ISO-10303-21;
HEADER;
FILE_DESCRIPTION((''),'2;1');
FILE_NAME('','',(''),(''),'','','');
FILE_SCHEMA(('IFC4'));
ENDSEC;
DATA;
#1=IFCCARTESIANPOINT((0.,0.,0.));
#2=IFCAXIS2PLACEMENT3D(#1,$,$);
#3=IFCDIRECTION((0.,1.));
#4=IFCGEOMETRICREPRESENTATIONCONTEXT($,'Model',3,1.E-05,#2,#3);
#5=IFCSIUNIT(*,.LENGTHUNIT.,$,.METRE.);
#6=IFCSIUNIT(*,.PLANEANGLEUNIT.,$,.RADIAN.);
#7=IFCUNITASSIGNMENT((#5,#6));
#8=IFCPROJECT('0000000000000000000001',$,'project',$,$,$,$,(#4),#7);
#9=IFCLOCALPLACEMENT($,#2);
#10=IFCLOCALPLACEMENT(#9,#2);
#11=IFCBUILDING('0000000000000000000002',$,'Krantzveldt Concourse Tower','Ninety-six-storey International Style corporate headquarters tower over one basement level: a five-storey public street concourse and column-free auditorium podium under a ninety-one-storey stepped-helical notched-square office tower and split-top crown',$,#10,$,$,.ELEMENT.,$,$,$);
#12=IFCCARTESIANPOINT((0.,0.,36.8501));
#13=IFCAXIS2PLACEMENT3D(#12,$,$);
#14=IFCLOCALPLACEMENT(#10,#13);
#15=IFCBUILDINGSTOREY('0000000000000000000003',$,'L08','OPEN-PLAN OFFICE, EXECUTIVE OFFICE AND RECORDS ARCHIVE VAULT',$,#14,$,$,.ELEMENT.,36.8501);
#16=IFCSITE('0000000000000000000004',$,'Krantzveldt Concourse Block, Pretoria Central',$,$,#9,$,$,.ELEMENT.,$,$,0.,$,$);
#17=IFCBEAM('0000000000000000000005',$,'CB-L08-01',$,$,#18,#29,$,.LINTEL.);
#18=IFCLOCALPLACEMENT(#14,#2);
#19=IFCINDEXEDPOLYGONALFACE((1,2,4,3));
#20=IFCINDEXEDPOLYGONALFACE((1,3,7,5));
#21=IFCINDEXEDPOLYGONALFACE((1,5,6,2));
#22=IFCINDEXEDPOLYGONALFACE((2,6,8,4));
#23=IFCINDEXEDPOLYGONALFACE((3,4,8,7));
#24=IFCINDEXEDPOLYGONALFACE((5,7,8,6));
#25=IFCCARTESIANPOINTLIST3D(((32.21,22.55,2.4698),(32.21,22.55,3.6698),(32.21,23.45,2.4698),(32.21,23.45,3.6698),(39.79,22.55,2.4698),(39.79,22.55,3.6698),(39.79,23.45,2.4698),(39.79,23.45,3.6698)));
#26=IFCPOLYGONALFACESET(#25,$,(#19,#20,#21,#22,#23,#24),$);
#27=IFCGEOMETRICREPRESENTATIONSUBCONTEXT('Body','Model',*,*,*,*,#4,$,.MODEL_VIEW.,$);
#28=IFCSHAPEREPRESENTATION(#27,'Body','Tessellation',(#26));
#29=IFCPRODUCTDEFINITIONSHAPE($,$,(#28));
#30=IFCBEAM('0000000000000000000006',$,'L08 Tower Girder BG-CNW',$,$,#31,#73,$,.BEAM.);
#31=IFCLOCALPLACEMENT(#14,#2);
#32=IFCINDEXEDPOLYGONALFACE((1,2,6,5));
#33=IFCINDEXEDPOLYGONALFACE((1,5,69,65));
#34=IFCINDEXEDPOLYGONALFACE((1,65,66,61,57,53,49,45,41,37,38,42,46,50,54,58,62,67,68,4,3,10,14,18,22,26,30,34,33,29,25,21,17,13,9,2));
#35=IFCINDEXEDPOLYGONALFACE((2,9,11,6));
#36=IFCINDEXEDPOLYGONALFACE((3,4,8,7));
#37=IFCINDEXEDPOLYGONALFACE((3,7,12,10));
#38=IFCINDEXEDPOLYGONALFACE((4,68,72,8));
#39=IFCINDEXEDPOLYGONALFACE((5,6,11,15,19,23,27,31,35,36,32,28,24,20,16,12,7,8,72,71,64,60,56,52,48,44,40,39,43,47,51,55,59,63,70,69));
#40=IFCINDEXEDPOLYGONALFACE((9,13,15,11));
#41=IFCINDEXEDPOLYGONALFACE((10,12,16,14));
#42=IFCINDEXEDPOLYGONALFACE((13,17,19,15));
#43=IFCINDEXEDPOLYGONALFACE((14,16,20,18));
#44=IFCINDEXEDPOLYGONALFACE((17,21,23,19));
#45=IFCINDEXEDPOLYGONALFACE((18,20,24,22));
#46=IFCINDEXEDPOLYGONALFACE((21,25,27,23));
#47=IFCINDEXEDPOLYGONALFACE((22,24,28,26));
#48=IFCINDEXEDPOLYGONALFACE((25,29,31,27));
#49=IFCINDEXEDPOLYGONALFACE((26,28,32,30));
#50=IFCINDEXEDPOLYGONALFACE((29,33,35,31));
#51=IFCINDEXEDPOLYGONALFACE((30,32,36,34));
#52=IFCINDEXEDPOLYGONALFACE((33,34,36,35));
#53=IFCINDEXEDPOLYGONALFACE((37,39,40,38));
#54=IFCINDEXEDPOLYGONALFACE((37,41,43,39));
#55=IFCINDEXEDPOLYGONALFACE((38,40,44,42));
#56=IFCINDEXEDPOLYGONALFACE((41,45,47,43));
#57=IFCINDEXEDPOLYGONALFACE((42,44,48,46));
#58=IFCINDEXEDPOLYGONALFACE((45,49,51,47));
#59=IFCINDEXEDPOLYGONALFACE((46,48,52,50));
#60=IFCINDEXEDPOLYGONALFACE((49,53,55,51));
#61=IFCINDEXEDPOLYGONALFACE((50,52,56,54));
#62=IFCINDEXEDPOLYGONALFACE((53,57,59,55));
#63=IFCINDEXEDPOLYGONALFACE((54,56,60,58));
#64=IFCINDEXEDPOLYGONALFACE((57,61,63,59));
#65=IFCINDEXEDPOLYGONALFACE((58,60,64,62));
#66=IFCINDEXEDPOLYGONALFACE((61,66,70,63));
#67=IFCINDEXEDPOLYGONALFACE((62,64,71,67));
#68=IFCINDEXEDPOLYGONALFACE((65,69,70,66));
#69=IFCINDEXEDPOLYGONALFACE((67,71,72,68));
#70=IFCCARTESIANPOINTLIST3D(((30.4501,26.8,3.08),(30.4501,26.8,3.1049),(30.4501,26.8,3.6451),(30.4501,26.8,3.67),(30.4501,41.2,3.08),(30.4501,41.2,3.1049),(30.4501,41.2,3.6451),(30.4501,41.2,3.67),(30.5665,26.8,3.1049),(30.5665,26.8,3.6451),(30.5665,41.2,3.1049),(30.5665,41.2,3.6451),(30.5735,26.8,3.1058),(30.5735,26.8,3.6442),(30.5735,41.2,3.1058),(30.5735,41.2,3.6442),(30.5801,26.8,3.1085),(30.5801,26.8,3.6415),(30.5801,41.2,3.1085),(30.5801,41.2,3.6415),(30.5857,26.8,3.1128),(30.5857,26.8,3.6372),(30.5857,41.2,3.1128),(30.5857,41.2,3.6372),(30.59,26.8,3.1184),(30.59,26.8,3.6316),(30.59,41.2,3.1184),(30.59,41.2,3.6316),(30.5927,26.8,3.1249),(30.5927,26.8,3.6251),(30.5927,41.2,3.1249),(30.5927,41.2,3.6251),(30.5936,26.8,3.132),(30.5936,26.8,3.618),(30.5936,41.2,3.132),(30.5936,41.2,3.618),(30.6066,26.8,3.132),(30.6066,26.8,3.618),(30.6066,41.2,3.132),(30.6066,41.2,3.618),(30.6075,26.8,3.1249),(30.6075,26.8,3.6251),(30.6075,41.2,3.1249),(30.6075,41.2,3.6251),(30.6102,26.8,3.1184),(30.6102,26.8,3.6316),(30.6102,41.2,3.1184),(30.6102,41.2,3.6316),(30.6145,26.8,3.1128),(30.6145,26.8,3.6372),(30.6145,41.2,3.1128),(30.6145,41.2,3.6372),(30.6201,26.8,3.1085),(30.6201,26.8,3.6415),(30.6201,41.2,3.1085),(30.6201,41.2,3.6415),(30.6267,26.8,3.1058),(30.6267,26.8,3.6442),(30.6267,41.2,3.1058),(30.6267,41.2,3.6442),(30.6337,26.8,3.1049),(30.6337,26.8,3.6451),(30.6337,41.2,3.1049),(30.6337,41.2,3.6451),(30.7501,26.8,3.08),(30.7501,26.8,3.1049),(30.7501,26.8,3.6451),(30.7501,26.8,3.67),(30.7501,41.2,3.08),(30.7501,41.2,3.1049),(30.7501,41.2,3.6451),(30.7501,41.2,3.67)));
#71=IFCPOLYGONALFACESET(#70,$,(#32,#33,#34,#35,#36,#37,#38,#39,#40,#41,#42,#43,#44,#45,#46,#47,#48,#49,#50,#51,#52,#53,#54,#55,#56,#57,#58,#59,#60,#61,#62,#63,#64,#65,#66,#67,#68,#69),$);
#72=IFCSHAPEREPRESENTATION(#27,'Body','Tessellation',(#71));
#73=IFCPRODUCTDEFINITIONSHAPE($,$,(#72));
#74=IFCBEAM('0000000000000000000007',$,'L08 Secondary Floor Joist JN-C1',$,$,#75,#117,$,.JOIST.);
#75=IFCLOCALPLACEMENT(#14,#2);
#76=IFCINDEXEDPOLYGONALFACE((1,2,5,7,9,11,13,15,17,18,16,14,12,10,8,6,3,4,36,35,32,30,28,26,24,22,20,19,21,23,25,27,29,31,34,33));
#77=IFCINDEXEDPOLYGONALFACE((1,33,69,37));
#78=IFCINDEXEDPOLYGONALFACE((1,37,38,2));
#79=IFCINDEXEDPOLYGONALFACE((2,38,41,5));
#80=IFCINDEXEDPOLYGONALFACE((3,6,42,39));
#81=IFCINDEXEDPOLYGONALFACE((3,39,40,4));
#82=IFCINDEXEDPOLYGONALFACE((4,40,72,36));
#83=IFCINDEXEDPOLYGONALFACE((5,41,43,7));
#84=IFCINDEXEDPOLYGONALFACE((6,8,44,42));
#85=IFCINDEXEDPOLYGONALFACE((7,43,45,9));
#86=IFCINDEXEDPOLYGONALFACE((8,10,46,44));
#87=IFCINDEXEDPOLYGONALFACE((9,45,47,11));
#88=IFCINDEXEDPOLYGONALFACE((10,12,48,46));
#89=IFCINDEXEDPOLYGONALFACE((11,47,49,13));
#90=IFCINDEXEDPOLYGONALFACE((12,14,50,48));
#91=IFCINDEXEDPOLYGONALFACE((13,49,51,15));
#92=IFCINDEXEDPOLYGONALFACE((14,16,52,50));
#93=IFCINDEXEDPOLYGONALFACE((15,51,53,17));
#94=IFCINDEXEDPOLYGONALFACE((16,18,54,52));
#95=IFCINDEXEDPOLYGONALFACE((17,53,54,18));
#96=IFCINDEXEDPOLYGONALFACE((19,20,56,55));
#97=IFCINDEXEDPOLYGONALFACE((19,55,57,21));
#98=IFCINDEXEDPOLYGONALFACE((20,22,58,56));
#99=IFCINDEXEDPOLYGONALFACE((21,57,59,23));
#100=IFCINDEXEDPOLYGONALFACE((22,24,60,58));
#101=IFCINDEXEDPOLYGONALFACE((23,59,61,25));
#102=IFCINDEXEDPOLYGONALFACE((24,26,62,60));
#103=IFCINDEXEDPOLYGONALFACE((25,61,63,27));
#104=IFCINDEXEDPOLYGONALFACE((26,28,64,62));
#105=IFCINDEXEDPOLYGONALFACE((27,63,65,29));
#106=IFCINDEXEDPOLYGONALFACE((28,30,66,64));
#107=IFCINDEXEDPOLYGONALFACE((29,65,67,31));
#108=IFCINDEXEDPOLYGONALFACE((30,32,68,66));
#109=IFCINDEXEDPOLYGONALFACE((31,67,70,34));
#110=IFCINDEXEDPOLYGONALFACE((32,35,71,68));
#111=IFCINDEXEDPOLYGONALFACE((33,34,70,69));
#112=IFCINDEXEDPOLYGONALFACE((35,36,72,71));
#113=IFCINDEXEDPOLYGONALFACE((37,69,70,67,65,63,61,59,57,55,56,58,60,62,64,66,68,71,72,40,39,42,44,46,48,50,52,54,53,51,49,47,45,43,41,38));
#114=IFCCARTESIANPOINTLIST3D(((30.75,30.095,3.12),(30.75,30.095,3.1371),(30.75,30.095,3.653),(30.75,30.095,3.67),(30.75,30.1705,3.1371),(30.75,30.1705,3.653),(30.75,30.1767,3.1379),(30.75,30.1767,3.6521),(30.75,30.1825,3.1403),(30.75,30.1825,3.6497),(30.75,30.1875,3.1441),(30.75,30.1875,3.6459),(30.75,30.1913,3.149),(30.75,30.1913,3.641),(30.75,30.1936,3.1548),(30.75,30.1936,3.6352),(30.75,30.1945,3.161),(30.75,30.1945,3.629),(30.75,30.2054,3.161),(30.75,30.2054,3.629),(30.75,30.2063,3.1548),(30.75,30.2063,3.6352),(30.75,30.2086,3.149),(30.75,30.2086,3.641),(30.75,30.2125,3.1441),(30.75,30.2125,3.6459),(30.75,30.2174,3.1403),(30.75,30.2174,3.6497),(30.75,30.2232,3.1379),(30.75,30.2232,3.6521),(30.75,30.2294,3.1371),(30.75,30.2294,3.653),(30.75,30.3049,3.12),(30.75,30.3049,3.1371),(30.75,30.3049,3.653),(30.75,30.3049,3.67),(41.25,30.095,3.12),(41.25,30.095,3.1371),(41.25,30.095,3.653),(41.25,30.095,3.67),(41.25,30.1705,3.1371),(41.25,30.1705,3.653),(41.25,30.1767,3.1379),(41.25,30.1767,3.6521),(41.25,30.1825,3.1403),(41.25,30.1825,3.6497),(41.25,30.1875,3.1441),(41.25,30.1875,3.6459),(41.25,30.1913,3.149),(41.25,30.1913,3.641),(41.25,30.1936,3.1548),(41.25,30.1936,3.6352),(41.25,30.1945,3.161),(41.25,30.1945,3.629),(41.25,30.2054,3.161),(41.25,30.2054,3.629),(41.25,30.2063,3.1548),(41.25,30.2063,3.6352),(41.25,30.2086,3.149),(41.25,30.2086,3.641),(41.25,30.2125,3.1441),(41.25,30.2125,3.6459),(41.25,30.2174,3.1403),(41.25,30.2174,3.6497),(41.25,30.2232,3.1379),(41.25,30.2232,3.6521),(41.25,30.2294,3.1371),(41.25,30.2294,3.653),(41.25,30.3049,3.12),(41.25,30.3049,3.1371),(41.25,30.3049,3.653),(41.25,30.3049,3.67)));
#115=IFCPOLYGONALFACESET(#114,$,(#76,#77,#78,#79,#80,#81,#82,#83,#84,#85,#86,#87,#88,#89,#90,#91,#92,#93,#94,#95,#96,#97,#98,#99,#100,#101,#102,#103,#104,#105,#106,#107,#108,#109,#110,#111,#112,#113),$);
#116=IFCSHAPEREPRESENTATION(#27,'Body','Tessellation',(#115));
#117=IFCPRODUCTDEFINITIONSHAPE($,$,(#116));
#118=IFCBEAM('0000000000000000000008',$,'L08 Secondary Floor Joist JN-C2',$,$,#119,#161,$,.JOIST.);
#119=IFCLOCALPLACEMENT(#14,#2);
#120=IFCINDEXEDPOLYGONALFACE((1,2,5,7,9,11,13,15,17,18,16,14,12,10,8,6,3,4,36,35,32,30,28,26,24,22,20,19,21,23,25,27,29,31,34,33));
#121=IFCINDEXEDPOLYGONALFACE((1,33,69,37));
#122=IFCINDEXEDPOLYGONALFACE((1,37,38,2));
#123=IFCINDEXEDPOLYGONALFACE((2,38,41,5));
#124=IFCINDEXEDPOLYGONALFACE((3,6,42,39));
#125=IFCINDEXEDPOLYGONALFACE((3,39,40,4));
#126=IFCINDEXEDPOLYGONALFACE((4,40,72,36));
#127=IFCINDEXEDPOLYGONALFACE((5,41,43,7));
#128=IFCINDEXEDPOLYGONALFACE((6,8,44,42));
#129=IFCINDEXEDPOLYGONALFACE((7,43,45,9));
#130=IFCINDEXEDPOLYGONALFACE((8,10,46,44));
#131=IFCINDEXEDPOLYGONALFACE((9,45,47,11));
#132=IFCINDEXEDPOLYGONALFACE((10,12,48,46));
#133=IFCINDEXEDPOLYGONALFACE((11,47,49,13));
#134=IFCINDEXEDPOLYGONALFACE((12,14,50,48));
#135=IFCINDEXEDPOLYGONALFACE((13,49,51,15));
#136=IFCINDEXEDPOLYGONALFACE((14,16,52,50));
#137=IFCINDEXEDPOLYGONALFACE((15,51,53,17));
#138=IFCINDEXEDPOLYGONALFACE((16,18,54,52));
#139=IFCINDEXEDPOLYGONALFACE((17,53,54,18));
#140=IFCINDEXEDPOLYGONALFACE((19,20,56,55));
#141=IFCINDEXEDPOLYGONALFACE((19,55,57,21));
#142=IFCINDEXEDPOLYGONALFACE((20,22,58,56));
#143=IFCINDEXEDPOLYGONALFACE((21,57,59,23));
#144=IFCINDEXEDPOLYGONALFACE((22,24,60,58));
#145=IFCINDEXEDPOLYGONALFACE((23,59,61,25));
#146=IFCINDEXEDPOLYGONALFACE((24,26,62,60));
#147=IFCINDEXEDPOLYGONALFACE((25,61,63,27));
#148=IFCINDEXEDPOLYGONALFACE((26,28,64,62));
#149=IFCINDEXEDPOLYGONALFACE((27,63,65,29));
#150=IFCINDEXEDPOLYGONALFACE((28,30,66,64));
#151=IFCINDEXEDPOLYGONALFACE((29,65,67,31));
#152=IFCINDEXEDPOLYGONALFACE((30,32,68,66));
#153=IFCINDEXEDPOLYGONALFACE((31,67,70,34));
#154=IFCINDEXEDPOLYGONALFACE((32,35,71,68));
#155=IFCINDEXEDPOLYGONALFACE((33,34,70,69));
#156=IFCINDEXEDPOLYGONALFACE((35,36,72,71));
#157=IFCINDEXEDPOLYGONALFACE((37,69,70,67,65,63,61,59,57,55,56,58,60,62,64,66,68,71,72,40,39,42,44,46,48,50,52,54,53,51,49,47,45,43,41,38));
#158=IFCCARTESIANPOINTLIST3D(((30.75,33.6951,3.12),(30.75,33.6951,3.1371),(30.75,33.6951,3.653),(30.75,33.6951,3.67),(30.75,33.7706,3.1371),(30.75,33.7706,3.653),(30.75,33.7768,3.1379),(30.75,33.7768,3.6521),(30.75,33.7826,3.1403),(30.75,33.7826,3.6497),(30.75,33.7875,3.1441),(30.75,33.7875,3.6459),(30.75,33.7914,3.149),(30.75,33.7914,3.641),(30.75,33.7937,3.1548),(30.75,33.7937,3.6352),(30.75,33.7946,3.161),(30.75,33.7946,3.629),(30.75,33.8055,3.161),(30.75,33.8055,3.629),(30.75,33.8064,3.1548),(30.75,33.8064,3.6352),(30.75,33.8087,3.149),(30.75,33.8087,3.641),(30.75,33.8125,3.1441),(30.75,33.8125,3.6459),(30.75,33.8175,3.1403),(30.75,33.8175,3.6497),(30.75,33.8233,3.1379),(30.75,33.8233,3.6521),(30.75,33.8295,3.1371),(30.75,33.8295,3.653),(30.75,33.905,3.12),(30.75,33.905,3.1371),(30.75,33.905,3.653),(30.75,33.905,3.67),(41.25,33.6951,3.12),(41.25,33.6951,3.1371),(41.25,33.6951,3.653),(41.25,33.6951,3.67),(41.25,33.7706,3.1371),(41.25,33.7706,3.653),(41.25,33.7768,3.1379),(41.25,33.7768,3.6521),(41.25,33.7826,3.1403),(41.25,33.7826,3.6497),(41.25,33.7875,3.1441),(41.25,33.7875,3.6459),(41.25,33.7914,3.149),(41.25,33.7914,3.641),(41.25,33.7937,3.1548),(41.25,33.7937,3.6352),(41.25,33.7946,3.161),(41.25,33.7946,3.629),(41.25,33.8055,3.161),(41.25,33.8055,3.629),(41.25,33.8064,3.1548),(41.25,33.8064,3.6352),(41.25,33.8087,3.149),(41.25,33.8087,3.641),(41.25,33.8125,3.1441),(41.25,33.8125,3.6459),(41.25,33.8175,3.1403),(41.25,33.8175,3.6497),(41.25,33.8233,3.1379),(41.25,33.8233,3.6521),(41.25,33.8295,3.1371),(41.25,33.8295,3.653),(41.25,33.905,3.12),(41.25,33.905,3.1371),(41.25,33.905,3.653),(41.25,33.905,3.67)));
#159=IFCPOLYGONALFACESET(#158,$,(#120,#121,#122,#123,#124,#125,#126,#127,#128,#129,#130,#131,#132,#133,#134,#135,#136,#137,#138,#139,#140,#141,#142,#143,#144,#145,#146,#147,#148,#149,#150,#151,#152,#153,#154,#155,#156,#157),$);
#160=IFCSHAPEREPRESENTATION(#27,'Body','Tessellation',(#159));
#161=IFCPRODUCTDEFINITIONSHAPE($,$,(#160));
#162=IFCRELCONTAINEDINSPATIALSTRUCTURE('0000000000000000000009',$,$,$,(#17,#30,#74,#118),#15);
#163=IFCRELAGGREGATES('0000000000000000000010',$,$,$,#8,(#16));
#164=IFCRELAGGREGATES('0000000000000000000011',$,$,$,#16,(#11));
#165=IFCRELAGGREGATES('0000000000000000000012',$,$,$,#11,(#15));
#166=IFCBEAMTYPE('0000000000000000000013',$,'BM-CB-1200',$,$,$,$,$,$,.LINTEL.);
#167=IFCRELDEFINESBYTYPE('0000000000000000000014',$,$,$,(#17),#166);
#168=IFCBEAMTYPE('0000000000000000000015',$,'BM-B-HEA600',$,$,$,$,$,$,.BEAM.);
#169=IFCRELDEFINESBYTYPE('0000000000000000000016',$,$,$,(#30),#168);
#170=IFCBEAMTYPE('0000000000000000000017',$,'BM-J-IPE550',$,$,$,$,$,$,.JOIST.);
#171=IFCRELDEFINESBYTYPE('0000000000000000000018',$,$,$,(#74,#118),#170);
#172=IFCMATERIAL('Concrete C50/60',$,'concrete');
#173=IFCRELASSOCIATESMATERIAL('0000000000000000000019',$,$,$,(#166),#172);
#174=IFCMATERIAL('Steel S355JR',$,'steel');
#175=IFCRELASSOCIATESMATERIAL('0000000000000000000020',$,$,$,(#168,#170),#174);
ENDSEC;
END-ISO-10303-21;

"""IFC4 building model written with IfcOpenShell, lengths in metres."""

from ifc_helpers import new_model, si_unit, direction, frame, origin, origin_2d, place, context, subcontext, project, spatial, rectangle, i_section, extrude, source, transform, mapped, material, material_profile, profile_set, type_object, type_shapes, element, save


model = new_model("IFC4")

# Units and contexts
model_context = context("Model", 3, precision=1e-05, world=origin(), true_north=direction((0.0, 1.0)))
body_context = subcontext(model_context, "Body", "Model", "MODEL_VIEW")
ifc_project = project(units=[si_unit("LENGTHUNIT", "METRE"), si_unit("PLANEANGLEUNIT", "RADIAN")], contexts=[model_context])

# Site, building, storey
site_placement = place(None, origin())
site = spatial("IfcSite", under=ifc_project, at=site_placement, Name="Krantzveldt Concourse Block, Pretoria Central", CompositionType="ELEMENT", RefElevation=0.0)
building_placement = place(site_placement, origin())
building = spatial("IfcBuilding", under=site, at=building_placement, Name="Krantzveldt Concourse Tower", Description="Ninety-six-storey International Style corporate headquarters tower over one basement level: a five-storey public street concourse and column-free auditorium podium under a ninety-one-storey stepped-helical notched-square office tower and split-top crown", CompositionType="ELEMENT")
storey_placement = place(building_placement, frame((0.0, 0.0, 36.8501)))
storey = spatial("IfcBuildingStorey", under=building, at=storey_placement, Name="L08", Description="OPEN-PLAN OFFICE, EXECUTIVE OFFICE AND RECORDS ARCHIVE VAULT", CompositionType="ELEMENT", Elevation=36.8501)

# Beams
ifc_material_1 = material(Name="Concrete C50/60", Category="concrete")
ifc_material_profile_1 = material_profile(ifc_material_1, rectangle(XDim=0.8999, YDim=1.2, at=origin_2d()), Name="Concrete C50/60", Category="concrete")
ifc_profile_set_1 = profile_set([ifc_material_profile_1], Name="Concrete C50/60 - RC-CB 900x1200")
beam_type_1 = type_object("IfcBeamType", Name="BM-CB-1200", PredefinedType="LINTEL", material=ifc_profile_set_1)
shared_shape_1 = source(origin(), body_context, "Body", "SweptSolid", [
    extrude(rectangle(XDim=0.8999, YDim=1.2, at=origin_2d()), origin(), (0.0, 0.0, 1.0), 7.5801),
])
type_shapes(beam_type_1, [shared_shape_1])
beam_1_placement = place(storey_placement, frame((32.21, 23.0, 3.0698), z_axis=(1.0, 0.0, 0.0), x_axis=(0.0, 1.0, 0.0)))
element("IfcBeam", 1, at=beam_1_placement, inside=storey, type_object=beam_type_1, Name="CB-L08-01", PredefinedType="LINTEL", context=body_context, shape_type="MappedRepresentation", body=[
    mapped(shared_shape_1, transform((0.0, 0.0, 0.0), x_axis=(1.0, 0.0, 0.0), y_axis=(0.0, 1.0, 0.0), z_axis=(0.0, 0.0, 1.0), scale=1.0)),
])
ifc_material_2 = material(Name="Steel S355JR", Category="steel")
ifc_material_profile_2 = material_profile(ifc_material_2, i_section(OverallWidth=0.3, OverallDepth=0.5901, WebThickness=0.0129, FlangeThickness=0.0249, FilletRadius=0.0271, at=origin_2d()), Name="Steel S355JR", Category="steel")
ifc_profile_set_2 = profile_set([ifc_material_profile_2], Name="Steel S355JR - HEA 600")
beam_type_2 = type_object("IfcBeamType", Name="BM-B-HEA600", PredefinedType="BEAM", material=ifc_profile_set_2)
shared_shape_2 = source(origin(), body_context, "Body", "SweptSolid", [
    extrude(i_section(OverallWidth=0.3, OverallDepth=0.5901, WebThickness=0.0129, FlangeThickness=0.0249, FilletRadius=0.0271, at=origin_2d()), origin(), (0.0, 0.0, 1.0), 14.3999),
])
type_shapes(beam_type_2, [shared_shape_2])
beam_2_placement = place(storey_placement, frame((30.6001, 26.8, 3.375), z_axis=(0.0, 1.0, 0.0), x_axis=(-1.0, 0.0, 0.0)))
element("IfcBeam", 2, at=beam_2_placement, inside=storey, type_object=beam_type_2, Name="L08 Tower Girder BG-CNW", PredefinedType="BEAM", context=body_context, shape_type="MappedRepresentation", body=[
    mapped(shared_shape_2, transform((0.0, 0.0, 0.0), x_axis=(1.0, 0.0, 0.0), y_axis=(0.0, 1.0, 0.0), z_axis=(0.0, 0.0, 1.0), scale=1.0)),
])
ifc_material_profile_3 = material_profile(ifc_material_2, i_section(OverallWidth=0.21, OverallDepth=0.55, WebThickness=0.011, FlangeThickness=0.0171, FilletRadius=0.0239, at=origin_2d()), Name="Steel S355JR", Category="steel")
ifc_profile_set_3 = profile_set([ifc_material_profile_3], Name="Steel S355JR - IPE 550")
beam_type_3 = type_object("IfcBeamType", Name="BM-J-IPE550", PredefinedType="JOIST", material=ifc_profile_set_3)
shared_shape_3 = source(origin(), body_context, "Body", "SweptSolid", [
    extrude(i_section(OverallWidth=0.21, OverallDepth=0.55, WebThickness=0.011, FlangeThickness=0.0171, FilletRadius=0.0239, at=origin_2d()), origin(), (0.0, 0.0, 1.0), 10.5),
])
type_shapes(beam_type_3, [shared_shape_3])
for number, where, z_axis, x_axis, name in (
    (3, (30.75, 30.2, 3.395), (1.0, 0.0, 0.0), (0.0, 1.0, 0.0), "L08 Secondary Floor Joist JN-C1"),
    (4, (30.75, 33.8, 3.395), (1.0, 0.0, 0.0), (0.0, 1.0, 0.0), "L08 Secondary Floor Joist JN-C2"),
):
    element("IfcBeam", number, at=place(storey_placement, frame(where, z_axis=z_axis, x_axis=x_axis)), inside=storey, type_object=beam_type_3, Name=name, PredefinedType="JOIST", context=body_context, shape_type="MappedRepresentation", body=[
        mapped(shared_shape_3, transform((0.0, 0.0, 0.0), x_axis=(1.0, 0.0, 0.0), y_axis=(0.0, 1.0, 0.0), z_axis=(0.0, 0.0, 1.0), scale=1.0)),
    ])

save(model, "model.ifc")
